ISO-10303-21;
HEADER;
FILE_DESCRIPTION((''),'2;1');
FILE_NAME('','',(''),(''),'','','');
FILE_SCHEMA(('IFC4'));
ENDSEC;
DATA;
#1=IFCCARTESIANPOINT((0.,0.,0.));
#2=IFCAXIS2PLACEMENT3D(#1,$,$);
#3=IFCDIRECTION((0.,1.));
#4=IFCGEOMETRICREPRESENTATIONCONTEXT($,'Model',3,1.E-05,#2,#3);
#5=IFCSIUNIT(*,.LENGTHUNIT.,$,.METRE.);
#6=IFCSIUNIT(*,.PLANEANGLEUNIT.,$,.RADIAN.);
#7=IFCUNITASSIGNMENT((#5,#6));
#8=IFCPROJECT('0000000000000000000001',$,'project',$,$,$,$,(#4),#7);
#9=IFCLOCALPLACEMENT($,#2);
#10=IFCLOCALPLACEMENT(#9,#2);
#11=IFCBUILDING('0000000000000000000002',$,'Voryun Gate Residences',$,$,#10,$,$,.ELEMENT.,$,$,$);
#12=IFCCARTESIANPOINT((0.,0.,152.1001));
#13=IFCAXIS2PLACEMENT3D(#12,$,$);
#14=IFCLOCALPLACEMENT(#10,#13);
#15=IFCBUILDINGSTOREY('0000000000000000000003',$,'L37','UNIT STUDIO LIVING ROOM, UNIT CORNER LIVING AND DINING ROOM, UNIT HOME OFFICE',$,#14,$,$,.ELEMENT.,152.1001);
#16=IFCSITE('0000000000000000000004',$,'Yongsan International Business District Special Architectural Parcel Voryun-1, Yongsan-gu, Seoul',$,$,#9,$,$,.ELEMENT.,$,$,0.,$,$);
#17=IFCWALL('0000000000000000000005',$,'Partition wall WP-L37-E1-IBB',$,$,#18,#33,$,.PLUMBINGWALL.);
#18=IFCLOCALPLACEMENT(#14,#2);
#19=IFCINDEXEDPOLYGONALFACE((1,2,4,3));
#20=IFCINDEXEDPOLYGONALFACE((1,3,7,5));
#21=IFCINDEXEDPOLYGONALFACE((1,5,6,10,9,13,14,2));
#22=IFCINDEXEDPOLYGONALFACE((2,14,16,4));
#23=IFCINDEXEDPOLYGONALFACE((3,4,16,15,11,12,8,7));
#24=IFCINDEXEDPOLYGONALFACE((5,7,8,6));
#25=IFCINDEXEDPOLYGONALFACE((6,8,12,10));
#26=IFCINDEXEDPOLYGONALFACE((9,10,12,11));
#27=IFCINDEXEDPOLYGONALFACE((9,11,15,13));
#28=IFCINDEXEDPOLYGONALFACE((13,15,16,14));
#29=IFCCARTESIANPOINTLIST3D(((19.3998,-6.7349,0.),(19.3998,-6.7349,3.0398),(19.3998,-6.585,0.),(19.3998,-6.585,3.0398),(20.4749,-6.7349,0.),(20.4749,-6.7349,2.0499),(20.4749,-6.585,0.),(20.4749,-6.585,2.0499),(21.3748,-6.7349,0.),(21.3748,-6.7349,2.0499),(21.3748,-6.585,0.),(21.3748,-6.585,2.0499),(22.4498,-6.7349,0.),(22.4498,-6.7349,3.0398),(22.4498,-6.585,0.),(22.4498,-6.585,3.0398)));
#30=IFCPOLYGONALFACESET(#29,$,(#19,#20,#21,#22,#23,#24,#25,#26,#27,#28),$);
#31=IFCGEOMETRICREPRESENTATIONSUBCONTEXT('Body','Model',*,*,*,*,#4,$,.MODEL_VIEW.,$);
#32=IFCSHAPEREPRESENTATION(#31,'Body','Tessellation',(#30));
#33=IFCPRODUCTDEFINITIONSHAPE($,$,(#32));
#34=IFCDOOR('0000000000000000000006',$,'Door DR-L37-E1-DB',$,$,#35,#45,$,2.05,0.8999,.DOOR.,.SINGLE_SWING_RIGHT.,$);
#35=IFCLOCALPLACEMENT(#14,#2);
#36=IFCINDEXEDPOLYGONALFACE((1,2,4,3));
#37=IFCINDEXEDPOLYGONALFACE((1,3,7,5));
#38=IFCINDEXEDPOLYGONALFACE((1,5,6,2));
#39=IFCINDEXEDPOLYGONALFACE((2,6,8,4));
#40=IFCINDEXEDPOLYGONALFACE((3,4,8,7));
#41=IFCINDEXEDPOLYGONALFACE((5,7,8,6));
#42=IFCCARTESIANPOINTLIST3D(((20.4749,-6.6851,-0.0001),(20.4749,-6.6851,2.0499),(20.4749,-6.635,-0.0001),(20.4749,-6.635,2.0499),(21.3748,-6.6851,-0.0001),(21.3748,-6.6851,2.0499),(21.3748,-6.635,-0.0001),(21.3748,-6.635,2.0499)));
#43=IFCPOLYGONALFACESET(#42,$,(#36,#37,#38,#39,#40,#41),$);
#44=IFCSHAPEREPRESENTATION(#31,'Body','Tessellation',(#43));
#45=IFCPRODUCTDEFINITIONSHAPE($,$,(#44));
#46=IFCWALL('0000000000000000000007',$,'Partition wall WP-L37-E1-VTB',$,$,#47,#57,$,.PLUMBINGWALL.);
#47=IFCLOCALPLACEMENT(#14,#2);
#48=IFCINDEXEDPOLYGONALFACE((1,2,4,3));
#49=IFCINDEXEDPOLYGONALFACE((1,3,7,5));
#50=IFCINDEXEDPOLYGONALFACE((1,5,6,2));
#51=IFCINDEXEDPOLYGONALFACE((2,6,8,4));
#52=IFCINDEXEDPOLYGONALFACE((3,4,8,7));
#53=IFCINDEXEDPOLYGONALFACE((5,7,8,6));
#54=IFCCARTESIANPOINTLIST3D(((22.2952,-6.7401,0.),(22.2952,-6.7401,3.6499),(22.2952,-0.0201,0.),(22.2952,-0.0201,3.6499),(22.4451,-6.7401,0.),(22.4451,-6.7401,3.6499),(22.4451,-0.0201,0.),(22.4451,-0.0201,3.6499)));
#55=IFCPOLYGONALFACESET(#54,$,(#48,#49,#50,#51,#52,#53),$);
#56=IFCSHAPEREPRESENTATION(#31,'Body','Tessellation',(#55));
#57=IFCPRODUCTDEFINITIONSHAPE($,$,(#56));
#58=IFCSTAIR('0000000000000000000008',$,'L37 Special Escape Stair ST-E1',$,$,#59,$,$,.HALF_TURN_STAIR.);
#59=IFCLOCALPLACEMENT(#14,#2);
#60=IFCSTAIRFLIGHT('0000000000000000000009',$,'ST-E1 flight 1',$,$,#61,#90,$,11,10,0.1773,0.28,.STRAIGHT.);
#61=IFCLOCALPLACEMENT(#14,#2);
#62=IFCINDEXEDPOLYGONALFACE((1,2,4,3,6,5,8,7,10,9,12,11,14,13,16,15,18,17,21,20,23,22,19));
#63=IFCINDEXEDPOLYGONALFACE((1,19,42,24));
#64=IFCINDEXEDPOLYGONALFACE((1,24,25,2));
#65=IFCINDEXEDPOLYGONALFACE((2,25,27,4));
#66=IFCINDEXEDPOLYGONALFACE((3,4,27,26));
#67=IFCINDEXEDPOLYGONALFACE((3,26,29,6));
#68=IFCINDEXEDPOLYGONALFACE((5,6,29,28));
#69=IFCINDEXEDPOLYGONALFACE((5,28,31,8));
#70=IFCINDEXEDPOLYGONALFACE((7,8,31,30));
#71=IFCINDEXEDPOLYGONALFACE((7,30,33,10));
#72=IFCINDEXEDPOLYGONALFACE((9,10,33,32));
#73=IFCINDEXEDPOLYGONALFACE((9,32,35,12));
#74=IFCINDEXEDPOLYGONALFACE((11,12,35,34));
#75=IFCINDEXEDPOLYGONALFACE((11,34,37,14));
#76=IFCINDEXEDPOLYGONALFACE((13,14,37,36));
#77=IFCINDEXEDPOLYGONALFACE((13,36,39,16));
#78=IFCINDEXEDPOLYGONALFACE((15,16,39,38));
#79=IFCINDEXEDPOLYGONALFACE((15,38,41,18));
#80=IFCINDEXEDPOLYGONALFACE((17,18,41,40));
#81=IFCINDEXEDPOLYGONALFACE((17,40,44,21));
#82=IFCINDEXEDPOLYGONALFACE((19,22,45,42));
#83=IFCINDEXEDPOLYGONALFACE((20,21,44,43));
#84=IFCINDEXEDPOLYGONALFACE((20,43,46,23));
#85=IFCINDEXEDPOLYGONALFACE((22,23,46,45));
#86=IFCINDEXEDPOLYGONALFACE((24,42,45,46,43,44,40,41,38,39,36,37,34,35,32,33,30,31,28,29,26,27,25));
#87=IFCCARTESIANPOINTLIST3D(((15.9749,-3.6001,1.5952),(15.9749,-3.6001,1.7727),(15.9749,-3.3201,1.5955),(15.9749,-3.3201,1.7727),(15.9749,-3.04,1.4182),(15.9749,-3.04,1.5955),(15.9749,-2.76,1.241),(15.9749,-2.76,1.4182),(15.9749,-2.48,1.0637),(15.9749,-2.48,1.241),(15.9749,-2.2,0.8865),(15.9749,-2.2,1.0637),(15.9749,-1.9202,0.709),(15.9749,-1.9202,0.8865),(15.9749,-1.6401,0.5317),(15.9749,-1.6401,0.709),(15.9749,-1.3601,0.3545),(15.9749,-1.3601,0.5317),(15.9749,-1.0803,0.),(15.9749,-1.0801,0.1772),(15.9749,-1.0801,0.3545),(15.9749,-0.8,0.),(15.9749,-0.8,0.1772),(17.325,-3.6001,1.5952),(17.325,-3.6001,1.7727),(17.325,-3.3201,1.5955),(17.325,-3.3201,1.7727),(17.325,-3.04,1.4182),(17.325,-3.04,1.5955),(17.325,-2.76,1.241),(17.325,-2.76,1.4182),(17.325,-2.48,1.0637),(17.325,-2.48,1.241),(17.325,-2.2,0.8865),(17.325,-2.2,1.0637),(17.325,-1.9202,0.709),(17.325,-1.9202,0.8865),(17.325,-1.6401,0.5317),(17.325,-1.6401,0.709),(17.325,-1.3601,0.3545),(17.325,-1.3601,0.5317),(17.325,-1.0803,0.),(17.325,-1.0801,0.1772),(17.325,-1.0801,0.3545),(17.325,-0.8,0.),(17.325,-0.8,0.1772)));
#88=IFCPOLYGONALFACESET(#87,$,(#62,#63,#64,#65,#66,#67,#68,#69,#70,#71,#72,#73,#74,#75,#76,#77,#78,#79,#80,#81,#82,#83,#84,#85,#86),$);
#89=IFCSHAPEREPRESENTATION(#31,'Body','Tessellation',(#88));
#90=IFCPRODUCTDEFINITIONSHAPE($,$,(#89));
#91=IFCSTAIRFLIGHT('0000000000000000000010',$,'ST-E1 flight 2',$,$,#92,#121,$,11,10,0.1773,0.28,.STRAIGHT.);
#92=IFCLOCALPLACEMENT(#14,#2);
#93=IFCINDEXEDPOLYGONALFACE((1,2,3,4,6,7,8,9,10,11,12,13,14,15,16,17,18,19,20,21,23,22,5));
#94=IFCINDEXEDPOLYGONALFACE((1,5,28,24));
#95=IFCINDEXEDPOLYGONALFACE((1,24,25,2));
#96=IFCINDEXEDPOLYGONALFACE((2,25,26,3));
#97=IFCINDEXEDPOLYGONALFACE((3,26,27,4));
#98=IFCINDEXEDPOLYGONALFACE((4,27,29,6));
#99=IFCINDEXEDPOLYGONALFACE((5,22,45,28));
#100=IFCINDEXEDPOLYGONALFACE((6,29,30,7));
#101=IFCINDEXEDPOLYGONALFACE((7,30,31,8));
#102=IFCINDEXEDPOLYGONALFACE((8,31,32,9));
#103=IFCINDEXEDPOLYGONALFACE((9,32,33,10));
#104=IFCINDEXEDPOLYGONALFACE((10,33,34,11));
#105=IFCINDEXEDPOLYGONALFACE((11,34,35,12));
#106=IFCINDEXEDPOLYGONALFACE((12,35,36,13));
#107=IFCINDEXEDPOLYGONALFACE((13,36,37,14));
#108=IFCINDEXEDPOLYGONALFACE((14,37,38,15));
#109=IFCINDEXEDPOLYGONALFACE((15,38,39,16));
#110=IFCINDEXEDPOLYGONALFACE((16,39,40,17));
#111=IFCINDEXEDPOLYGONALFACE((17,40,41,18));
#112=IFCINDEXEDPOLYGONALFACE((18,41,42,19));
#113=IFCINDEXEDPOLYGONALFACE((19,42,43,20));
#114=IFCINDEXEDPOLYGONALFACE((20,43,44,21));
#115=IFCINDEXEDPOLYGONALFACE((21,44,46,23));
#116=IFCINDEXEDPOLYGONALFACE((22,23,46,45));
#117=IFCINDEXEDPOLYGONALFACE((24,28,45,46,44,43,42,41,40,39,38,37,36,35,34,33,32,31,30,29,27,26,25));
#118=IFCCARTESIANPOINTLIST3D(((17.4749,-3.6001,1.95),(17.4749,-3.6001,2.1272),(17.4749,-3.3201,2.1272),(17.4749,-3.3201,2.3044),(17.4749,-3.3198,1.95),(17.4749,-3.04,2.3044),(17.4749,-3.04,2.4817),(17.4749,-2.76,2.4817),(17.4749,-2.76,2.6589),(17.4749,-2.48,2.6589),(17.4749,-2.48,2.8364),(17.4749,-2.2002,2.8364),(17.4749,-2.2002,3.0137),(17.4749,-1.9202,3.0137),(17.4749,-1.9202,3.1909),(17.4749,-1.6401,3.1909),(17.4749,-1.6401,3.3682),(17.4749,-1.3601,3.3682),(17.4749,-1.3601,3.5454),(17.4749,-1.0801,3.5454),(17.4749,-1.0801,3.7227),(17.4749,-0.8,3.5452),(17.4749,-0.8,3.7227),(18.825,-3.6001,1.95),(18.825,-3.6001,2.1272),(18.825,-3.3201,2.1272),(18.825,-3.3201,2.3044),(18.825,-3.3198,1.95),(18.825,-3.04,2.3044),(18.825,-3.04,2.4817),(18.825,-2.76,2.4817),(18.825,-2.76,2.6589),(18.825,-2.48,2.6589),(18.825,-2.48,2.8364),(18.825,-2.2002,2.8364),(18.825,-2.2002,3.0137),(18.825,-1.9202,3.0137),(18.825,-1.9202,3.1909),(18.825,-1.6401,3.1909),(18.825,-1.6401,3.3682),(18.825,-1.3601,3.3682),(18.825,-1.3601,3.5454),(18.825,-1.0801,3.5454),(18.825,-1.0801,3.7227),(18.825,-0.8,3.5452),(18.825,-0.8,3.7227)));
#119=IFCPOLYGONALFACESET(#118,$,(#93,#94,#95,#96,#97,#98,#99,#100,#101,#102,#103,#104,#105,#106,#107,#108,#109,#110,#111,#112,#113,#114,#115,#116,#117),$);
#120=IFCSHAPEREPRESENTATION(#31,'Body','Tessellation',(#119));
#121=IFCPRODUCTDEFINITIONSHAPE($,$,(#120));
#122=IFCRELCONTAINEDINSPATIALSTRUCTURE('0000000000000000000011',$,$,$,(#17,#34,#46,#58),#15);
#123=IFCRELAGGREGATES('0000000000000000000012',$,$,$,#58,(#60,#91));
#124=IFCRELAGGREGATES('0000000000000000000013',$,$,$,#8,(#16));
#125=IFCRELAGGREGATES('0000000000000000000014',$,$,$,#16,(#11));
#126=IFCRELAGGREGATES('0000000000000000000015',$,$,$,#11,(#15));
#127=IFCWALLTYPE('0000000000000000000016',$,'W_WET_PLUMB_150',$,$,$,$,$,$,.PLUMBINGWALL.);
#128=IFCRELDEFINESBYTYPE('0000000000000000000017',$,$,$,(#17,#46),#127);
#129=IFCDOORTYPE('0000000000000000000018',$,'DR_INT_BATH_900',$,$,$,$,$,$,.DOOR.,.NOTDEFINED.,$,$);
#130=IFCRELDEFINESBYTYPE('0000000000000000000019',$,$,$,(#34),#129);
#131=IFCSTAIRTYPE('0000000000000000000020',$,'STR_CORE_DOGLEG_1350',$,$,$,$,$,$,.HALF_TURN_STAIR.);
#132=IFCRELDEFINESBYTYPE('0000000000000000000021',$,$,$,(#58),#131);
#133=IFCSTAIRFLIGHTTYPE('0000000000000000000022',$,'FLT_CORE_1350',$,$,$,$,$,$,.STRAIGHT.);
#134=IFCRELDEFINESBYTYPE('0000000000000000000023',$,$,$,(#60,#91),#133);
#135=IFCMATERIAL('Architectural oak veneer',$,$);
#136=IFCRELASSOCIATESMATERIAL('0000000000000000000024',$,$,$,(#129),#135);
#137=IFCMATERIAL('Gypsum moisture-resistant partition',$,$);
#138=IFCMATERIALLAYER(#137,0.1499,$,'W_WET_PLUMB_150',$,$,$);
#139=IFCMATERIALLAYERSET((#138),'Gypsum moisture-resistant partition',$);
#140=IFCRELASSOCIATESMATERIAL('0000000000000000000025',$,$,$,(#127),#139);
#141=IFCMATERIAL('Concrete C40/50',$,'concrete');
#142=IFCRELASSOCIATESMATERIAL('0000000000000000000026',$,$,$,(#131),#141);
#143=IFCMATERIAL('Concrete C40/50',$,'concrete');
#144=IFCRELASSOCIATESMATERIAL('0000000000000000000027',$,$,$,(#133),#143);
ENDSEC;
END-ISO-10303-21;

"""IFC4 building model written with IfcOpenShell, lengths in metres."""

from ifc_helpers import new_model, si_unit, direction, frame, frame_2d, origin, place, context, subcontext, project, spatial, polyline, rectangle, outline, extrude, material, layer, layer_set, type_object, element, fill, aggregate, save


model = new_model("IFC4")

# Units and contexts
model_context = context("Model", 3, precision=1e-05, world=origin(), true_north=direction((0.0, 1.0)))
body_context = subcontext(model_context, "Body", "Model", "MODEL_VIEW")
ifc_project = project(units=[si_unit("LENGTHUNIT", "METRE"), si_unit("PLANEANGLEUNIT", "RADIAN")], contexts=[model_context])

# Site, building, storey
site_placement = place(None, origin())
site = spatial("IfcSite", under=ifc_project, at=site_placement, Name="Yongsan International Business District Special Architectural Parcel Voryun-1, Yongsan-gu, Seoul", CompositionType="ELEMENT", RefElevation=0.0)
building_placement = place(site_placement, origin())
building = spatial("IfcBuilding", under=site, at=building_placement, Name="Voryun Gate Residences", CompositionType="ELEMENT")
storey_placement = place(building_placement, frame((0.0, 0.0, 152.1001)))
storey = spatial("IfcBuildingStorey", under=building, at=storey_placement, Name="L37", Description="UNIT STUDIO LIVING ROOM, UNIT CORNER LIVING AND DINING ROOM, UNIT HOME OFFICE", CompositionType="ELEMENT", Elevation=152.1001)

# Wall, opening, door
ifc_material_1 = material(Name="Architectural oak veneer")
door_type = type_object("IfcDoorType", Name="DR_INT_BATH_900", OperationType="NOTDEFINED", PredefinedType="DOOR", material=ifc_material_1)
ifc_material_2 = material(Name="Gypsum moisture-resistant partition")
ifc_layer_1 = layer(ifc_material_2, 0.1499, Name="W_WET_PLUMB_150")
ifc_layer_set_1 = layer_set([ifc_layer_1], Name="Gypsum moisture-resistant partition")
wall_type_1 = type_object("IfcWallType", Name="W_WET_PLUMB_150", PredefinedType="PLUMBINGWALL", material=ifc_layer_set_1)
wall_1_placement = place(storey_placement, frame((19.3999, -6.6599, 0.0), z_axis=(0.0, 0.0, 1.0), x_axis=(1.0, 0.0, 0.0)))
wall_1 = element("IfcWall", 1, at=wall_1_placement, inside=storey, type_object=wall_type_1, Name="Partition wall WP-L37-E1-IBB", PredefinedType="PLUMBINGWALL", context=body_context, shape_type="SweptSolid", body=[
    extrude(rectangle(XDim=3.05, YDim=0.1499, at=frame_2d((1.5249, 0.0))), origin(), (0.0, 0.0, 1.0), 3.0398),
])
opening_1_placement = place(wall_1_placement, frame((1.075, 0.0, 0.0)))
opening_1 = element("IfcOpeningElement", 2, at=opening_1_placement, cuts=wall_1, PredefinedType="OPENING", context=body_context, shape_type="SweptSolid", body=[
    extrude(rectangle(XDim=0.8999, YDim=2.05, at=frame_2d((0.45, 1.0249))), frame((0.0, 0.085, 0.0), z_axis=(0.0, -1.0, 0.0), x_axis=(1.0, 0.0, 0.0)), (0.0, 0.0, 1.0), 0.1699),
])
door_1_placement = place(opening_1_placement, origin())
door_1 = element("IfcDoor", 3, at=door_1_placement, inside=storey, type_object=door_type, Name="Door DR-L37-E1-DB", OperationType="SINGLE_SWING_RIGHT", OverallHeight=2.05, OverallWidth=0.8999, PredefinedType="DOOR", context=body_context, shape_type="SweptSolid", body=[
    extrude(rectangle(XDim=0.8999, YDim=2.05, at=frame_2d((0.45, 1.0249))), frame((0.0, 0.0249, 0.0), z_axis=(0.0, -1.0, 0.0), x_axis=(1.0, 0.0, 0.0)), (0.0, 0.0, 1.0), 0.05),
])
fill(opening_1, door_1)

# Wall
wall_2_placement = place(storey_placement, frame((22.3701, -6.74, 0.0), z_axis=(0.0, 0.0, 1.0), x_axis=(0.0, 1.0, 0.0)))
element("IfcWall", 4, at=wall_2_placement, inside=storey, type_object=wall_type_1, Name="Partition wall WP-L37-E1-VTB", PredefinedType="PLUMBINGWALL", context=body_context, shape_type="SweptSolid", body=[
    extrude(rectangle(XDim=6.72, YDim=0.1499, at=frame_2d((3.3599, 0.0))), origin(), (0.0, 0.0, 1.0), 3.6499),
])

# Stair, stair flights
ifc_material_3 = material(Name="Concrete C40/50", Category="concrete")
stair_type = type_object("IfcStairType", Name="STR_CORE_DOGLEG_1350", PredefinedType="HALF_TURN_STAIR", material=ifc_material_3)
stair_placement = place(storey_placement, origin())
stair = element("IfcStair", 5, at=stair_placement, inside=storey, type_object=stair_type, Name="L37 Special Escape Stair ST-E1", PredefinedType="HALF_TURN_STAIR")
ifc_material_4 = material(Name="Concrete C40/50", Category="concrete")
stair_flight_type = type_object("IfcStairFlightType", Name="FLT_CORE_1350", PredefinedType="STRAIGHT", material=ifc_material_4)
stair_flight_1_placement = place(storey_placement, frame((16.6499, -0.8, 0.0), z_axis=(0.0, 0.0, 1.0), x_axis=(0.0, -1.0, 0.0)))
stair_flight_1 = element("IfcStairFlight", 6, at=stair_flight_1_placement, type_object=stair_flight_type, Name="ST-E1 flight 1", NumberOfRisers=11, NumberOfTreads=10, PredefinedType="STRAIGHT", RiserHeight=0.1773, TreadLength=0.28, context=body_context, shape_type="SweptSolid", body=[
    extrude(outline(polyline([(0.0, 0.0), (0.0, 0.1772), (0.28, 0.1772), (0.28, 0.3545), (0.5601, 0.3545), (0.5601, 0.5317), (0.8401, 0.5317), (0.8401, 0.709), (1.1201, 0.709), (1.1201, 0.8865), (1.3999, 0.8865), (1.3999, 1.0637), (1.6799, 1.0637), (1.6799, 1.241), (1.96, 1.241), (1.96, 1.4182), (2.24, 1.4182), (2.24, 1.5955), (2.52, 1.5955), (2.52, 1.7727), (2.8, 1.7727), (2.8, 1.95), (2.8, 1.5952), (0.2803, 0.0), (0.0, 0.0)])), frame((0.0, 0.675, 0.0), z_axis=(0.0, -1.0, 0.0), x_axis=(1.0, 0.0, 0.0)), (0.0, 0.0, 1.0), 1.3501),
])
stair_flight_2_placement = place(storey_placement, frame((18.1499, -3.6001, 1.95), z_axis=(0.0, 0.0, 1.0), x_axis=(0.0, 1.0, 0.0)))
stair_flight_2 = element("IfcStairFlight", 7, at=stair_flight_2_placement, type_object=stair_flight_type, Name="ST-E1 flight 2", NumberOfRisers=11, NumberOfTreads=10, PredefinedType="STRAIGHT", RiserHeight=0.1773, TreadLength=0.28, context=body_context, shape_type="SweptSolid", body=[
    extrude(outline(polyline([(0.0, 0.0), (0.0, 0.1772), (0.28, 0.1772), (0.28, 0.3545), (0.5601, 0.3545), (0.5601, 0.5317), (0.8401, 0.5317), (0.8401, 0.709), (1.1201, 0.709), (1.1201, 0.8865), (1.3999, 0.8865), (1.3999, 1.0637), (1.6799, 1.0637), (1.6799, 1.241), (1.96, 1.241), (1.96, 1.4182), (2.24, 1.4182), (2.24, 1.5955), (2.52, 1.5955), (2.52, 1.7727), (2.8, 1.7727), (2.8, 1.95), (2.8, 1.5952), (0.2803, 0.0), (0.0, 0.0)])), frame((0.0, 0.675, 0.0), z_axis=(0.0, -1.0, 0.0), x_axis=(1.0, 0.0, 0.0)), (0.0, 0.0, 1.0), 1.3501),
])
aggregate(stair, [stair_flight_1, stair_flight_2])

save(model, "model.ifc")
